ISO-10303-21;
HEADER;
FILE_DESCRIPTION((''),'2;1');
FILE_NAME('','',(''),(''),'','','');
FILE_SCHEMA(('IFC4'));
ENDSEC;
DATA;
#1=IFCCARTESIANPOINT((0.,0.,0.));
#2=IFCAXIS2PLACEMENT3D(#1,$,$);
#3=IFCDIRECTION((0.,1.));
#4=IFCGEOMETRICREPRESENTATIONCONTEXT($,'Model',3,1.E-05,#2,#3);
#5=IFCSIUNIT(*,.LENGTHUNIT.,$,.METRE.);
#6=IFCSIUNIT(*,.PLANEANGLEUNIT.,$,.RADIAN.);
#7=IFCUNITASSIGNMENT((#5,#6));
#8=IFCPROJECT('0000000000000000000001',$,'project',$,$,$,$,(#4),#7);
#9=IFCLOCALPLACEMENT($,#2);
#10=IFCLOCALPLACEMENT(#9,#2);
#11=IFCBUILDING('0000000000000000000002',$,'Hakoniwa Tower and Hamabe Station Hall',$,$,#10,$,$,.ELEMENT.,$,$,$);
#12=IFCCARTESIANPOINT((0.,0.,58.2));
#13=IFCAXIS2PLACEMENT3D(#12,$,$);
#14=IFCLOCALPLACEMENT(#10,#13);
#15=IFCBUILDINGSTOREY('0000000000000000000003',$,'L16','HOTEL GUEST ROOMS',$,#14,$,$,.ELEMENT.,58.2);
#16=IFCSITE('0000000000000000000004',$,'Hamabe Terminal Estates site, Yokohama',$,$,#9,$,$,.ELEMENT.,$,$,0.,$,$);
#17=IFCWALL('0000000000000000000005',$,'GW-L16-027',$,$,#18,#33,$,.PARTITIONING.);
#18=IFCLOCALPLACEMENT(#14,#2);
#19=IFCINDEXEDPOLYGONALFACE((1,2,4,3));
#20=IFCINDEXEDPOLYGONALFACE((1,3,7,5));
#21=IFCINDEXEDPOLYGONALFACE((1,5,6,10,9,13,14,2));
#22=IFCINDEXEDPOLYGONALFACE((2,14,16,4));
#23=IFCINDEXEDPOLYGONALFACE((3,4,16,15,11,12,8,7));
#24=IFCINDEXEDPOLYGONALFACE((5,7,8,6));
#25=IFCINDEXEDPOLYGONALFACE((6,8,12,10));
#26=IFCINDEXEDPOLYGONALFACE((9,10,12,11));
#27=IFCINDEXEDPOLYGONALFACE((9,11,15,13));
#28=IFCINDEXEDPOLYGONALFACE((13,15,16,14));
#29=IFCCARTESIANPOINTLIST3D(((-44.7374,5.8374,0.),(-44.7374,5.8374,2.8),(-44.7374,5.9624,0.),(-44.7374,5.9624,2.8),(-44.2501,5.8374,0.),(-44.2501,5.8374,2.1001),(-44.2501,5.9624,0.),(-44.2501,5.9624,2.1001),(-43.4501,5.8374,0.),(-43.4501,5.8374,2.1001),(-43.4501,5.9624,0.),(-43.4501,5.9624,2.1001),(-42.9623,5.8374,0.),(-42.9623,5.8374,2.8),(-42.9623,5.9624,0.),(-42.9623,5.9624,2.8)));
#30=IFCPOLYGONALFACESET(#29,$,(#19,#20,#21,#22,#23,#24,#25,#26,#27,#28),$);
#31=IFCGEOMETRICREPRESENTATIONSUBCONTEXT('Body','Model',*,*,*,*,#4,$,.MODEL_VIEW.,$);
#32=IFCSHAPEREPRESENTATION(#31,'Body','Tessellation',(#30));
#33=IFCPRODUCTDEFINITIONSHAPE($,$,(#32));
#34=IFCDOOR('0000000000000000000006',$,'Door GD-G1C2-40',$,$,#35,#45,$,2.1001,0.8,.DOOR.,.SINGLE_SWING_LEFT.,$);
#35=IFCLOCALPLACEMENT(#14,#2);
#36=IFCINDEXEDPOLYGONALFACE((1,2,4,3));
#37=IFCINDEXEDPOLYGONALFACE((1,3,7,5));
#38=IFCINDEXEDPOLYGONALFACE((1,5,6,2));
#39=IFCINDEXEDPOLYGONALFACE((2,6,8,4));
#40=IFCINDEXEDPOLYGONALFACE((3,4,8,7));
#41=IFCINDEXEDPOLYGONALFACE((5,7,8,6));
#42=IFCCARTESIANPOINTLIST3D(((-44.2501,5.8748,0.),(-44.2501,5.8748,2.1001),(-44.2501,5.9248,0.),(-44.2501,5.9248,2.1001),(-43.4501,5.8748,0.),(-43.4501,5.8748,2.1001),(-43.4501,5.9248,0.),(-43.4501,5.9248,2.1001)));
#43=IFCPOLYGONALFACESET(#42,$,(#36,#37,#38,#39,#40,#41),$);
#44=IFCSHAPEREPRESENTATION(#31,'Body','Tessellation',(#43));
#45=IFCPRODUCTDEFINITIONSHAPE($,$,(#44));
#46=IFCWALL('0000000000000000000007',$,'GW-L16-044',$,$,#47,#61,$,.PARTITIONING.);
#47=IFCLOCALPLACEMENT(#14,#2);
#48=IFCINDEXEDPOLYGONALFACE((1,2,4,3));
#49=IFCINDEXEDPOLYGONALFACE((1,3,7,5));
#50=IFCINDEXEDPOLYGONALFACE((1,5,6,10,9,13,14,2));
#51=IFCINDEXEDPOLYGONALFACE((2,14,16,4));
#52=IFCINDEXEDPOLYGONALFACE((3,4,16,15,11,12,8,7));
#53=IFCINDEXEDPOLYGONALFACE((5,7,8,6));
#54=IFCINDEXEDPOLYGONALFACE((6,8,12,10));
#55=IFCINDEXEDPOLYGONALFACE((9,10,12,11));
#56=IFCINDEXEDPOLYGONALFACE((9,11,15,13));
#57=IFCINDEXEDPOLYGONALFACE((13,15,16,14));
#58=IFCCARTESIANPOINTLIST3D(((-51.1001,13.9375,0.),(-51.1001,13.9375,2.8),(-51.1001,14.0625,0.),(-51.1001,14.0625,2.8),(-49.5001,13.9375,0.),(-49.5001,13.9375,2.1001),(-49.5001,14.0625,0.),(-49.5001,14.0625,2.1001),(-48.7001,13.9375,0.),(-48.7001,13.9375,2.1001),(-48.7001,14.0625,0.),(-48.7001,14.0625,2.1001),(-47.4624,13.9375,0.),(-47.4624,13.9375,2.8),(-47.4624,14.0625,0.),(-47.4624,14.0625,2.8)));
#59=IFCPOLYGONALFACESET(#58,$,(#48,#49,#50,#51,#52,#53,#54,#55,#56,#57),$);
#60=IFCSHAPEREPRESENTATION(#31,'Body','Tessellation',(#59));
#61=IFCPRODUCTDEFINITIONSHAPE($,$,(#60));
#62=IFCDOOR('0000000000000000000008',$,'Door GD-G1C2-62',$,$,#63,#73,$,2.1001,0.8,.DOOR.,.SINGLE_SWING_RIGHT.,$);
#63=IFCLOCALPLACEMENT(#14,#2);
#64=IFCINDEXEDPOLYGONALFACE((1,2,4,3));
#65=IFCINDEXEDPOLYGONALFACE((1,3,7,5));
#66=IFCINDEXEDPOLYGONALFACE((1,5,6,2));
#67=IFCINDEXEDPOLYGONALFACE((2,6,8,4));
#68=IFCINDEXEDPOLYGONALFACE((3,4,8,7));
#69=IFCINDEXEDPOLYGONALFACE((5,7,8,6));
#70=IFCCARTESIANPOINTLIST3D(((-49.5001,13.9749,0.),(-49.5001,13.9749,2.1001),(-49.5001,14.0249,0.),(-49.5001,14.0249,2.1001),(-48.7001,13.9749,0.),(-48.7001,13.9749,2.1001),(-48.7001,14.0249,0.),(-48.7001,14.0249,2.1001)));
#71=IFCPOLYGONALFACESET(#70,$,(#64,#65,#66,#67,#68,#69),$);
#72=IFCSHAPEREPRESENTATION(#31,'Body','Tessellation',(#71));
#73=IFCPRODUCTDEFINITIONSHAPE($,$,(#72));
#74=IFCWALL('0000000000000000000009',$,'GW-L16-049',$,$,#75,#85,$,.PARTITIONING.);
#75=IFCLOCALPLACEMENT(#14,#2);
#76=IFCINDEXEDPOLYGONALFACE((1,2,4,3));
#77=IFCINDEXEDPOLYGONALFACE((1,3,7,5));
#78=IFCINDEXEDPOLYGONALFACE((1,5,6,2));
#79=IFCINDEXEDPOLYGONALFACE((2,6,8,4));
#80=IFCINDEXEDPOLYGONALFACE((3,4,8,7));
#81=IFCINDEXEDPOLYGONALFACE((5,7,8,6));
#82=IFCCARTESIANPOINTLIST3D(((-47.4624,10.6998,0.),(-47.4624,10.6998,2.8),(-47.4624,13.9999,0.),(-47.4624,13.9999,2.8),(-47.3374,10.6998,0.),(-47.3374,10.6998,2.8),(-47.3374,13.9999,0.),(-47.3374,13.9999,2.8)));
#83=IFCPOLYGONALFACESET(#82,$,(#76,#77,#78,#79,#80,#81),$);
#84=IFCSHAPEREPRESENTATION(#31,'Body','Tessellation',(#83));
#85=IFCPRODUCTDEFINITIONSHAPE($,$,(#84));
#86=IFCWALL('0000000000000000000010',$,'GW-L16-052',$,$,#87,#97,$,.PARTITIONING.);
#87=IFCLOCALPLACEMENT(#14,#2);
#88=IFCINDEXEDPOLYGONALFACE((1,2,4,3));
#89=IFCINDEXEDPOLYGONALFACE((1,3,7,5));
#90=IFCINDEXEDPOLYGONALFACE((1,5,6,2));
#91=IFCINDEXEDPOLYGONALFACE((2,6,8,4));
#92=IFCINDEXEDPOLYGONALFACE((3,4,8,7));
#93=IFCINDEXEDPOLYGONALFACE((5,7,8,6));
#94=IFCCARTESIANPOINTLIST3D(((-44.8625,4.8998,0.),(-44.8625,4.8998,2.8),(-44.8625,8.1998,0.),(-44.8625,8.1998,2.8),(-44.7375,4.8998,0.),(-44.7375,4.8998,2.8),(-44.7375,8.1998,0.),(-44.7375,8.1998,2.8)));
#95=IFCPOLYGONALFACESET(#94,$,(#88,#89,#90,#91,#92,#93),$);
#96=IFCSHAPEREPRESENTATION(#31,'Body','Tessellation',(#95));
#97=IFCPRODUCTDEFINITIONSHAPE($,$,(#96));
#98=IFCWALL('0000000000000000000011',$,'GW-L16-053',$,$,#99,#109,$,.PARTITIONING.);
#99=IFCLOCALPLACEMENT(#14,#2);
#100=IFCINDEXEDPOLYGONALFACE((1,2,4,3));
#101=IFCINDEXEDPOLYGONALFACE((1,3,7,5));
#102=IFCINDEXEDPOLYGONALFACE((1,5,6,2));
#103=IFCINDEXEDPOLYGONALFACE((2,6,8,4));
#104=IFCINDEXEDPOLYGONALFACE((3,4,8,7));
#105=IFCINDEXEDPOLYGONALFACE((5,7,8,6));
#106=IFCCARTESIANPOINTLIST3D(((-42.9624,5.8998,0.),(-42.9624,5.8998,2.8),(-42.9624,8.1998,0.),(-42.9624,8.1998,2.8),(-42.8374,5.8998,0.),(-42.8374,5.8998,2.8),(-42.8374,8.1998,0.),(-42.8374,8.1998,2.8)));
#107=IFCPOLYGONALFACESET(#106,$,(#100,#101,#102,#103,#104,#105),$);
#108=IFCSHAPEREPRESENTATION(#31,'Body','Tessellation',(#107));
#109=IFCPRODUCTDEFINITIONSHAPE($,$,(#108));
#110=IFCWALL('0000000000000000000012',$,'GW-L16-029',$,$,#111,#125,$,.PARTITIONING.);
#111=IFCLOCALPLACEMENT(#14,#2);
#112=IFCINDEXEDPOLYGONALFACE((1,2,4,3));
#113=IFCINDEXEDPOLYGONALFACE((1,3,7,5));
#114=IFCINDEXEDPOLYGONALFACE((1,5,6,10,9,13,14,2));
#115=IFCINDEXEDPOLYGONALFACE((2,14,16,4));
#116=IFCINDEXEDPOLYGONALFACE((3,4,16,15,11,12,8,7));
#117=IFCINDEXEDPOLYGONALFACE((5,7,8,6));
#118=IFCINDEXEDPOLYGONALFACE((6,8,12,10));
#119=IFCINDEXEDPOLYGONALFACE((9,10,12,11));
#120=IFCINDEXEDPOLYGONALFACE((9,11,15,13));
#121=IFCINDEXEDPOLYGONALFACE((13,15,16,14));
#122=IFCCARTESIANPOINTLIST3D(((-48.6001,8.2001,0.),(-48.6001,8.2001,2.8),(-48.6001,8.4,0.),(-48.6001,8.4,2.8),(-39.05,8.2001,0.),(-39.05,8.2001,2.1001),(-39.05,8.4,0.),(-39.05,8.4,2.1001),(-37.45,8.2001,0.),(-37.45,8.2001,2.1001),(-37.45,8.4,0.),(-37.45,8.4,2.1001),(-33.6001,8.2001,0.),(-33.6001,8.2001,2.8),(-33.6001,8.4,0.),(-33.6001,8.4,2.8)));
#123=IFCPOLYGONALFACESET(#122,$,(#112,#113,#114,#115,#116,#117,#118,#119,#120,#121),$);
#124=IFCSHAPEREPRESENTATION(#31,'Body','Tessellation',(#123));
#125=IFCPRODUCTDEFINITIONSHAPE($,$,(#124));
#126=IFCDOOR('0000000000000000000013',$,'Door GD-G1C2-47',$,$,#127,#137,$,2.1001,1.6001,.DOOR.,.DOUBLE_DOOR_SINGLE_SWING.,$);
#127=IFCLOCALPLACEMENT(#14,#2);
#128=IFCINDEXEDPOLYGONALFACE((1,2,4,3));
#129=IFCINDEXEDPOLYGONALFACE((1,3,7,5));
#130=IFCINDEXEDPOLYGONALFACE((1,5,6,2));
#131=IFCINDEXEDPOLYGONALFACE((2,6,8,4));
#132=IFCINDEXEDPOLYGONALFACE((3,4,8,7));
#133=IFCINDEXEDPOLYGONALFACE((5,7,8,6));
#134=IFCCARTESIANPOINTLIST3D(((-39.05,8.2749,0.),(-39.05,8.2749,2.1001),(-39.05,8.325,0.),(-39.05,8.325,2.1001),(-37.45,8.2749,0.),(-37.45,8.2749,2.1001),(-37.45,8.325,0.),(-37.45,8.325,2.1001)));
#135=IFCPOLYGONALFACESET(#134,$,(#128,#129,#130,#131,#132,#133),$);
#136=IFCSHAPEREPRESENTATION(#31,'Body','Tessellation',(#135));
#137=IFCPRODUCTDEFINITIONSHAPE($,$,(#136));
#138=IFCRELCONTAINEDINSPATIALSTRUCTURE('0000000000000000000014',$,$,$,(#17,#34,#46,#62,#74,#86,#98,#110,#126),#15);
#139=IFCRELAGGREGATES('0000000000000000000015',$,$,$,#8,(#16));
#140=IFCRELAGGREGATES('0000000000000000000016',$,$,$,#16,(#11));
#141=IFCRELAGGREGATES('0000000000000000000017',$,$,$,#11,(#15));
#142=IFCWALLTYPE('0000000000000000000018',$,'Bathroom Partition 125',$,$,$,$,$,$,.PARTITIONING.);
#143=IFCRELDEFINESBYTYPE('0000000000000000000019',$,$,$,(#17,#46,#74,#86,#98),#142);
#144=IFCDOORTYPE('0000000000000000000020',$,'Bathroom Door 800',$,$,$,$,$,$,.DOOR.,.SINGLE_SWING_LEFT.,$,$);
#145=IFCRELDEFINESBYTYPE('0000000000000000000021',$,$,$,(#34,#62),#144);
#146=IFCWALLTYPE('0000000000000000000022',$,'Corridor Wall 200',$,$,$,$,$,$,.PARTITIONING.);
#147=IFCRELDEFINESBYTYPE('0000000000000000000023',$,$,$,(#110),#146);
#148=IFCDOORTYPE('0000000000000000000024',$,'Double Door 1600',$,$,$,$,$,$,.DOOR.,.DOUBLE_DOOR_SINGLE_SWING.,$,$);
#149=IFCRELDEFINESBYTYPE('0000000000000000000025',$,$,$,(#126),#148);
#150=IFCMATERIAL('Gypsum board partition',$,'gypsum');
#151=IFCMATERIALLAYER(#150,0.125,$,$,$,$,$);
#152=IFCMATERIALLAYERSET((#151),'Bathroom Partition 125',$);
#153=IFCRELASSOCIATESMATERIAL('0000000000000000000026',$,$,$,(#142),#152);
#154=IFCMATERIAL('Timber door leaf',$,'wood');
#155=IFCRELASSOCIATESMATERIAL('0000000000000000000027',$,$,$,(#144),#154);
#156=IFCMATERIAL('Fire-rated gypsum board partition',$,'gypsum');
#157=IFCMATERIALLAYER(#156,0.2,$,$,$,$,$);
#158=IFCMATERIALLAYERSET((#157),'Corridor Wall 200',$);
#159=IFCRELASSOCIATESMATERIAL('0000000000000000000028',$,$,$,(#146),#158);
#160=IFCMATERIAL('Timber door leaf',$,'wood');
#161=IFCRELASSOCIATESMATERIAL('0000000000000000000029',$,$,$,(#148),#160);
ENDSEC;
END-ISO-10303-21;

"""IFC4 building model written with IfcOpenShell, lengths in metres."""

from ifc_helpers import new_model, si_unit, direction, frame, frame_2d, origin, place, context, subcontext, project, spatial, rectangle, extrude, material, layer, layer_set, type_object, element, fill, save


model = new_model("IFC4")

# Units and contexts
model_context = context("Model", 3, precision=1e-05, world=origin(), true_north=direction((0.0, 1.0)))
body_context = subcontext(model_context, "Body", "Model", "MODEL_VIEW")
ifc_project = project(units=[si_unit("LENGTHUNIT", "METRE"), si_unit("PLANEANGLEUNIT", "RADIAN")], contexts=[model_context])

# Site, building, storey
site_placement = place(None, origin())
site = spatial("IfcSite", under=ifc_project, at=site_placement, Name="Hamabe Terminal Estates site, Yokohama", CompositionType="ELEMENT", RefElevation=0.0)
building_placement = place(site_placement, origin())
building = spatial("IfcBuilding", under=site, at=building_placement, Name="Hakoniwa Tower and Hamabe Station Hall", CompositionType="ELEMENT")
storey_placement = place(building_placement, frame((0.0, 0.0, 58.2)))
storey = spatial("IfcBuildingStorey", under=building, at=storey_placement, Name="L16", Description="HOTEL GUEST ROOMS", CompositionType="ELEMENT", Elevation=58.2)

# Walls, openings, doors
ifc_material_1 = material(Name="Gypsum board partition", Category="gypsum")
ifc_layer_1 = layer(ifc_material_1, 0.125)
ifc_layer_set_1 = layer_set([ifc_layer_1], Name="Bathroom Partition 125")
wall_type_1 = type_object("IfcWallType", Name="Bathroom Partition 125", PredefinedType="PARTITIONING", material=ifc_layer_set_1)
ifc_material_2 = material(Name="Timber door leaf", Category="wood")
door_type_1 = type_object("IfcDoorType", Name="Bathroom Door 800", OperationType="SINGLE_SWING_LEFT", PredefinedType="DOOR", material=ifc_material_2)
wall_1_placement = place(storey_placement, frame((-44.7375, 5.8999, 0.0), z_axis=(0.0, 0.0, 1.0), x_axis=(1.0, 0.0, 0.0)))
wall_1 = element("IfcWall", 1, at=wall_1_placement, inside=storey, type_object=wall_type_1, Name="GW-L16-027", PredefinedType="PARTITIONING", context=body_context, shape_type="SweptSolid", body=[
    extrude(rectangle(XDim=1.7751, YDim=0.125, at=frame_2d((0.8877, 0.0))), origin(), (0.0, 0.0, 1.0), 2.8),
])
opening_1_placement = place(wall_1_placement, frame((0.4875, 0.0, 0.0)))
opening_1 = element("IfcOpeningElement", 2, at=opening_1_placement, cuts=wall_1, PredefinedType="OPENING", context=body_context, shape_type="SweptSolid", body=[
    extrude(rectangle(XDim=0.8, YDim=2.1001, at=frame_2d((0.3999, 1.05))), frame((0.0, 0.0725, 0.0), z_axis=(0.0, -1.0, 0.0), x_axis=(1.0, 0.0, 0.0)), (0.0, 0.0, 1.0), 0.145),
])
door_1_placement = place(opening_1_placement, origin())
door_1 = element("IfcDoor", 3, at=door_1_placement, inside=storey, type_object=door_type_1, Name="Door GD-G1C2-40", OperationType="SINGLE_SWING_LEFT", OverallHeight=2.1001, OverallWidth=0.8, PredefinedType="DOOR", context=body_context, shape_type="SweptSolid", body=[
    extrude(rectangle(XDim=0.8, YDim=2.1001, at=frame_2d((0.3999, 1.05))), frame((0.0, 0.0249, 0.0), z_axis=(0.0, -1.0, 0.0), x_axis=(1.0, 0.0, 0.0)), (0.0, 0.0, 1.0), 0.05),
])
fill(opening_1, door_1)
wall_2_placement = place(storey_placement, frame((-51.1001, 14.0, 0.0), z_axis=(0.0, 0.0, 1.0), x_axis=(1.0, 0.0, 0.0)))
wall_2 = element("IfcWall", 4, at=wall_2_placement, inside=storey, type_object=wall_type_1, Name="GW-L16-044", PredefinedType="PARTITIONING", context=body_context, shape_type="SweptSolid", body=[
    extrude(rectangle(XDim=3.6377, YDim=0.125, at=frame_2d((1.8188, 0.0))), origin(), (0.0, 0.0, 1.0), 2.8),
])
opening_2_placement = place(wall_2_placement, frame((1.6001, 0.0, 0.0)))
opening_2 = element("IfcOpeningElement", 5, at=opening_2_placement, cuts=wall_2, PredefinedType="OPENING", context=body_context, shape_type="SweptSolid", body=[
    extrude(rectangle(XDim=0.8, YDim=2.1001, at=frame_2d((0.3999, 1.05))), frame((0.0, 0.0725, 0.0), z_axis=(0.0, -1.0, 0.0), x_axis=(1.0, 0.0, 0.0)), (0.0, 0.0, 1.0), 0.145),
])
door_2_placement = place(opening_2_placement, origin())
door_2 = element("IfcDoor", 6, at=door_2_placement, inside=storey, type_object=door_type_1, Name="Door GD-G1C2-62", OperationType="SINGLE_SWING_RIGHT", OverallHeight=2.1001, OverallWidth=0.8, PredefinedType="DOOR", context=body_context, shape_type="SweptSolid", body=[
    extrude(rectangle(XDim=0.8, YDim=2.1001, at=frame_2d((0.3999, 1.05))), frame((0.0, 0.0249, 0.0), z_axis=(0.0, -1.0, 0.0), x_axis=(1.0, 0.0, 0.0)), (0.0, 0.0, 1.0), 0.05),
])
fill(opening_2, door_2)

# Walls
for number, where, z_axis, x_axis, name in (
    (7, (-47.3999, 10.7, 0.0), (0.0, 0.0, 1.0), (0.0, 1.0, 0.0), "GW-L16-049"),
    (8, (-44.8, 4.8999, 0.0), (0.0, 0.0, 1.0), (0.0, 1.0, 0.0), "GW-L16-052"),
):
    element("IfcWall", number, at=place(storey_placement, frame(where, z_axis=z_axis, x_axis=x_axis)), inside=storey, type_object=wall_type_1, Name=name, PredefinedType="PARTITIONING", context=body_context, shape_type="SweptSolid", body=[
        extrude(rectangle(XDim=3.3, YDim=0.125, at=frame_2d((1.6499, 0.0))), origin(), (0.0, 0.0, 1.0), 2.8),
    ])
wall_3_placement = place(storey_placement, frame((-42.8999, 5.8999, 0.0), z_axis=(0.0, 0.0, 1.0), x_axis=(0.0, 1.0, 0.0)))
element("IfcWall", 9, at=wall_3_placement, inside=storey, type_object=wall_type_1, Name="GW-L16-053", PredefinedType="PARTITIONING", context=body_context, shape_type="SweptSolid", body=[
    extrude(rectangle(XDim=2.3, YDim=0.125, at=frame_2d((1.1499, 0.0))), origin(), (0.0, 0.0, 1.0), 2.8),
])

# Wall, opening, door
ifc_material_3 = material(Name="Fire-rated gypsum board partition", Category="gypsum")
ifc_layer_2 = layer(ifc_material_3, 0.2)
ifc_layer_set_2 = layer_set([ifc_layer_2], Name="Corridor Wall 200")
wall_type_2 = type_object("IfcWallType", Name="Corridor Wall 200", PredefinedType="PARTITIONING", material=ifc_layer_set_2)
wall_4_placement = place(storey_placement, frame((-48.6001, 8.3, 0.0), z_axis=(0.0, 0.0, 1.0), x_axis=(1.0, 0.0, 0.0)))
wall_4 = element("IfcWall", 10, at=wall_4_placement, inside=storey, type_object=wall_type_2, Name="GW-L16-029", PredefinedType="PARTITIONING", context=body_context, shape_type="SweptSolid", body=[
    extrude(rectangle(XDim=15.0, YDim=0.2, at=frame_2d((7.5, 0.0))), origin(), (0.0, 0.0, 1.0), 2.8),
])
opening_3_placement = place(wall_4_placement, frame((9.55, 0.0, 0.0)))
opening_3 = element("IfcOpeningElement", 11, at=opening_3_placement, cuts=wall_4, PredefinedType="OPENING", context=body_context, shape_type="SweptSolid", body=[
    extrude(rectangle(XDim=1.6001, YDim=2.1001, at=frame_2d((0.8, 1.05))), frame((0.0, 0.1099, 0.0), z_axis=(0.0, -1.0, 0.0), x_axis=(1.0, 0.0, 0.0)), (0.0, 0.0, 1.0), 0.22),
])
ifc_material_4 = material(Name="Timber door leaf", Category="wood")
door_type_2 = type_object("IfcDoorType", Name="Double Door 1600", OperationType="DOUBLE_DOOR_SINGLE_SWING", PredefinedType="DOOR", material=ifc_material_4)
door_3_placement = place(opening_3_placement, origin())
door_3 = element("IfcDoor", 12, at=door_3_placement, inside=storey, type_object=door_type_2, Name="Door GD-G1C2-47", OperationType="DOUBLE_DOOR_SINGLE_SWING", OverallHeight=2.1001, OverallWidth=1.6001, PredefinedType="DOOR", context=body_context, shape_type="SweptSolid", body=[
    extrude(rectangle(XDim=1.6001, YDim=2.1001, at=frame_2d((0.8, 1.05))), frame((0.0, 0.0249, 0.0), z_axis=(0.0, -1.0, 0.0), x_axis=(1.0, 0.0, 0.0)), (0.0, 0.0, 1.0), 0.05),
])
fill(opening_3, door_3)

save(model, "model.ifc")
